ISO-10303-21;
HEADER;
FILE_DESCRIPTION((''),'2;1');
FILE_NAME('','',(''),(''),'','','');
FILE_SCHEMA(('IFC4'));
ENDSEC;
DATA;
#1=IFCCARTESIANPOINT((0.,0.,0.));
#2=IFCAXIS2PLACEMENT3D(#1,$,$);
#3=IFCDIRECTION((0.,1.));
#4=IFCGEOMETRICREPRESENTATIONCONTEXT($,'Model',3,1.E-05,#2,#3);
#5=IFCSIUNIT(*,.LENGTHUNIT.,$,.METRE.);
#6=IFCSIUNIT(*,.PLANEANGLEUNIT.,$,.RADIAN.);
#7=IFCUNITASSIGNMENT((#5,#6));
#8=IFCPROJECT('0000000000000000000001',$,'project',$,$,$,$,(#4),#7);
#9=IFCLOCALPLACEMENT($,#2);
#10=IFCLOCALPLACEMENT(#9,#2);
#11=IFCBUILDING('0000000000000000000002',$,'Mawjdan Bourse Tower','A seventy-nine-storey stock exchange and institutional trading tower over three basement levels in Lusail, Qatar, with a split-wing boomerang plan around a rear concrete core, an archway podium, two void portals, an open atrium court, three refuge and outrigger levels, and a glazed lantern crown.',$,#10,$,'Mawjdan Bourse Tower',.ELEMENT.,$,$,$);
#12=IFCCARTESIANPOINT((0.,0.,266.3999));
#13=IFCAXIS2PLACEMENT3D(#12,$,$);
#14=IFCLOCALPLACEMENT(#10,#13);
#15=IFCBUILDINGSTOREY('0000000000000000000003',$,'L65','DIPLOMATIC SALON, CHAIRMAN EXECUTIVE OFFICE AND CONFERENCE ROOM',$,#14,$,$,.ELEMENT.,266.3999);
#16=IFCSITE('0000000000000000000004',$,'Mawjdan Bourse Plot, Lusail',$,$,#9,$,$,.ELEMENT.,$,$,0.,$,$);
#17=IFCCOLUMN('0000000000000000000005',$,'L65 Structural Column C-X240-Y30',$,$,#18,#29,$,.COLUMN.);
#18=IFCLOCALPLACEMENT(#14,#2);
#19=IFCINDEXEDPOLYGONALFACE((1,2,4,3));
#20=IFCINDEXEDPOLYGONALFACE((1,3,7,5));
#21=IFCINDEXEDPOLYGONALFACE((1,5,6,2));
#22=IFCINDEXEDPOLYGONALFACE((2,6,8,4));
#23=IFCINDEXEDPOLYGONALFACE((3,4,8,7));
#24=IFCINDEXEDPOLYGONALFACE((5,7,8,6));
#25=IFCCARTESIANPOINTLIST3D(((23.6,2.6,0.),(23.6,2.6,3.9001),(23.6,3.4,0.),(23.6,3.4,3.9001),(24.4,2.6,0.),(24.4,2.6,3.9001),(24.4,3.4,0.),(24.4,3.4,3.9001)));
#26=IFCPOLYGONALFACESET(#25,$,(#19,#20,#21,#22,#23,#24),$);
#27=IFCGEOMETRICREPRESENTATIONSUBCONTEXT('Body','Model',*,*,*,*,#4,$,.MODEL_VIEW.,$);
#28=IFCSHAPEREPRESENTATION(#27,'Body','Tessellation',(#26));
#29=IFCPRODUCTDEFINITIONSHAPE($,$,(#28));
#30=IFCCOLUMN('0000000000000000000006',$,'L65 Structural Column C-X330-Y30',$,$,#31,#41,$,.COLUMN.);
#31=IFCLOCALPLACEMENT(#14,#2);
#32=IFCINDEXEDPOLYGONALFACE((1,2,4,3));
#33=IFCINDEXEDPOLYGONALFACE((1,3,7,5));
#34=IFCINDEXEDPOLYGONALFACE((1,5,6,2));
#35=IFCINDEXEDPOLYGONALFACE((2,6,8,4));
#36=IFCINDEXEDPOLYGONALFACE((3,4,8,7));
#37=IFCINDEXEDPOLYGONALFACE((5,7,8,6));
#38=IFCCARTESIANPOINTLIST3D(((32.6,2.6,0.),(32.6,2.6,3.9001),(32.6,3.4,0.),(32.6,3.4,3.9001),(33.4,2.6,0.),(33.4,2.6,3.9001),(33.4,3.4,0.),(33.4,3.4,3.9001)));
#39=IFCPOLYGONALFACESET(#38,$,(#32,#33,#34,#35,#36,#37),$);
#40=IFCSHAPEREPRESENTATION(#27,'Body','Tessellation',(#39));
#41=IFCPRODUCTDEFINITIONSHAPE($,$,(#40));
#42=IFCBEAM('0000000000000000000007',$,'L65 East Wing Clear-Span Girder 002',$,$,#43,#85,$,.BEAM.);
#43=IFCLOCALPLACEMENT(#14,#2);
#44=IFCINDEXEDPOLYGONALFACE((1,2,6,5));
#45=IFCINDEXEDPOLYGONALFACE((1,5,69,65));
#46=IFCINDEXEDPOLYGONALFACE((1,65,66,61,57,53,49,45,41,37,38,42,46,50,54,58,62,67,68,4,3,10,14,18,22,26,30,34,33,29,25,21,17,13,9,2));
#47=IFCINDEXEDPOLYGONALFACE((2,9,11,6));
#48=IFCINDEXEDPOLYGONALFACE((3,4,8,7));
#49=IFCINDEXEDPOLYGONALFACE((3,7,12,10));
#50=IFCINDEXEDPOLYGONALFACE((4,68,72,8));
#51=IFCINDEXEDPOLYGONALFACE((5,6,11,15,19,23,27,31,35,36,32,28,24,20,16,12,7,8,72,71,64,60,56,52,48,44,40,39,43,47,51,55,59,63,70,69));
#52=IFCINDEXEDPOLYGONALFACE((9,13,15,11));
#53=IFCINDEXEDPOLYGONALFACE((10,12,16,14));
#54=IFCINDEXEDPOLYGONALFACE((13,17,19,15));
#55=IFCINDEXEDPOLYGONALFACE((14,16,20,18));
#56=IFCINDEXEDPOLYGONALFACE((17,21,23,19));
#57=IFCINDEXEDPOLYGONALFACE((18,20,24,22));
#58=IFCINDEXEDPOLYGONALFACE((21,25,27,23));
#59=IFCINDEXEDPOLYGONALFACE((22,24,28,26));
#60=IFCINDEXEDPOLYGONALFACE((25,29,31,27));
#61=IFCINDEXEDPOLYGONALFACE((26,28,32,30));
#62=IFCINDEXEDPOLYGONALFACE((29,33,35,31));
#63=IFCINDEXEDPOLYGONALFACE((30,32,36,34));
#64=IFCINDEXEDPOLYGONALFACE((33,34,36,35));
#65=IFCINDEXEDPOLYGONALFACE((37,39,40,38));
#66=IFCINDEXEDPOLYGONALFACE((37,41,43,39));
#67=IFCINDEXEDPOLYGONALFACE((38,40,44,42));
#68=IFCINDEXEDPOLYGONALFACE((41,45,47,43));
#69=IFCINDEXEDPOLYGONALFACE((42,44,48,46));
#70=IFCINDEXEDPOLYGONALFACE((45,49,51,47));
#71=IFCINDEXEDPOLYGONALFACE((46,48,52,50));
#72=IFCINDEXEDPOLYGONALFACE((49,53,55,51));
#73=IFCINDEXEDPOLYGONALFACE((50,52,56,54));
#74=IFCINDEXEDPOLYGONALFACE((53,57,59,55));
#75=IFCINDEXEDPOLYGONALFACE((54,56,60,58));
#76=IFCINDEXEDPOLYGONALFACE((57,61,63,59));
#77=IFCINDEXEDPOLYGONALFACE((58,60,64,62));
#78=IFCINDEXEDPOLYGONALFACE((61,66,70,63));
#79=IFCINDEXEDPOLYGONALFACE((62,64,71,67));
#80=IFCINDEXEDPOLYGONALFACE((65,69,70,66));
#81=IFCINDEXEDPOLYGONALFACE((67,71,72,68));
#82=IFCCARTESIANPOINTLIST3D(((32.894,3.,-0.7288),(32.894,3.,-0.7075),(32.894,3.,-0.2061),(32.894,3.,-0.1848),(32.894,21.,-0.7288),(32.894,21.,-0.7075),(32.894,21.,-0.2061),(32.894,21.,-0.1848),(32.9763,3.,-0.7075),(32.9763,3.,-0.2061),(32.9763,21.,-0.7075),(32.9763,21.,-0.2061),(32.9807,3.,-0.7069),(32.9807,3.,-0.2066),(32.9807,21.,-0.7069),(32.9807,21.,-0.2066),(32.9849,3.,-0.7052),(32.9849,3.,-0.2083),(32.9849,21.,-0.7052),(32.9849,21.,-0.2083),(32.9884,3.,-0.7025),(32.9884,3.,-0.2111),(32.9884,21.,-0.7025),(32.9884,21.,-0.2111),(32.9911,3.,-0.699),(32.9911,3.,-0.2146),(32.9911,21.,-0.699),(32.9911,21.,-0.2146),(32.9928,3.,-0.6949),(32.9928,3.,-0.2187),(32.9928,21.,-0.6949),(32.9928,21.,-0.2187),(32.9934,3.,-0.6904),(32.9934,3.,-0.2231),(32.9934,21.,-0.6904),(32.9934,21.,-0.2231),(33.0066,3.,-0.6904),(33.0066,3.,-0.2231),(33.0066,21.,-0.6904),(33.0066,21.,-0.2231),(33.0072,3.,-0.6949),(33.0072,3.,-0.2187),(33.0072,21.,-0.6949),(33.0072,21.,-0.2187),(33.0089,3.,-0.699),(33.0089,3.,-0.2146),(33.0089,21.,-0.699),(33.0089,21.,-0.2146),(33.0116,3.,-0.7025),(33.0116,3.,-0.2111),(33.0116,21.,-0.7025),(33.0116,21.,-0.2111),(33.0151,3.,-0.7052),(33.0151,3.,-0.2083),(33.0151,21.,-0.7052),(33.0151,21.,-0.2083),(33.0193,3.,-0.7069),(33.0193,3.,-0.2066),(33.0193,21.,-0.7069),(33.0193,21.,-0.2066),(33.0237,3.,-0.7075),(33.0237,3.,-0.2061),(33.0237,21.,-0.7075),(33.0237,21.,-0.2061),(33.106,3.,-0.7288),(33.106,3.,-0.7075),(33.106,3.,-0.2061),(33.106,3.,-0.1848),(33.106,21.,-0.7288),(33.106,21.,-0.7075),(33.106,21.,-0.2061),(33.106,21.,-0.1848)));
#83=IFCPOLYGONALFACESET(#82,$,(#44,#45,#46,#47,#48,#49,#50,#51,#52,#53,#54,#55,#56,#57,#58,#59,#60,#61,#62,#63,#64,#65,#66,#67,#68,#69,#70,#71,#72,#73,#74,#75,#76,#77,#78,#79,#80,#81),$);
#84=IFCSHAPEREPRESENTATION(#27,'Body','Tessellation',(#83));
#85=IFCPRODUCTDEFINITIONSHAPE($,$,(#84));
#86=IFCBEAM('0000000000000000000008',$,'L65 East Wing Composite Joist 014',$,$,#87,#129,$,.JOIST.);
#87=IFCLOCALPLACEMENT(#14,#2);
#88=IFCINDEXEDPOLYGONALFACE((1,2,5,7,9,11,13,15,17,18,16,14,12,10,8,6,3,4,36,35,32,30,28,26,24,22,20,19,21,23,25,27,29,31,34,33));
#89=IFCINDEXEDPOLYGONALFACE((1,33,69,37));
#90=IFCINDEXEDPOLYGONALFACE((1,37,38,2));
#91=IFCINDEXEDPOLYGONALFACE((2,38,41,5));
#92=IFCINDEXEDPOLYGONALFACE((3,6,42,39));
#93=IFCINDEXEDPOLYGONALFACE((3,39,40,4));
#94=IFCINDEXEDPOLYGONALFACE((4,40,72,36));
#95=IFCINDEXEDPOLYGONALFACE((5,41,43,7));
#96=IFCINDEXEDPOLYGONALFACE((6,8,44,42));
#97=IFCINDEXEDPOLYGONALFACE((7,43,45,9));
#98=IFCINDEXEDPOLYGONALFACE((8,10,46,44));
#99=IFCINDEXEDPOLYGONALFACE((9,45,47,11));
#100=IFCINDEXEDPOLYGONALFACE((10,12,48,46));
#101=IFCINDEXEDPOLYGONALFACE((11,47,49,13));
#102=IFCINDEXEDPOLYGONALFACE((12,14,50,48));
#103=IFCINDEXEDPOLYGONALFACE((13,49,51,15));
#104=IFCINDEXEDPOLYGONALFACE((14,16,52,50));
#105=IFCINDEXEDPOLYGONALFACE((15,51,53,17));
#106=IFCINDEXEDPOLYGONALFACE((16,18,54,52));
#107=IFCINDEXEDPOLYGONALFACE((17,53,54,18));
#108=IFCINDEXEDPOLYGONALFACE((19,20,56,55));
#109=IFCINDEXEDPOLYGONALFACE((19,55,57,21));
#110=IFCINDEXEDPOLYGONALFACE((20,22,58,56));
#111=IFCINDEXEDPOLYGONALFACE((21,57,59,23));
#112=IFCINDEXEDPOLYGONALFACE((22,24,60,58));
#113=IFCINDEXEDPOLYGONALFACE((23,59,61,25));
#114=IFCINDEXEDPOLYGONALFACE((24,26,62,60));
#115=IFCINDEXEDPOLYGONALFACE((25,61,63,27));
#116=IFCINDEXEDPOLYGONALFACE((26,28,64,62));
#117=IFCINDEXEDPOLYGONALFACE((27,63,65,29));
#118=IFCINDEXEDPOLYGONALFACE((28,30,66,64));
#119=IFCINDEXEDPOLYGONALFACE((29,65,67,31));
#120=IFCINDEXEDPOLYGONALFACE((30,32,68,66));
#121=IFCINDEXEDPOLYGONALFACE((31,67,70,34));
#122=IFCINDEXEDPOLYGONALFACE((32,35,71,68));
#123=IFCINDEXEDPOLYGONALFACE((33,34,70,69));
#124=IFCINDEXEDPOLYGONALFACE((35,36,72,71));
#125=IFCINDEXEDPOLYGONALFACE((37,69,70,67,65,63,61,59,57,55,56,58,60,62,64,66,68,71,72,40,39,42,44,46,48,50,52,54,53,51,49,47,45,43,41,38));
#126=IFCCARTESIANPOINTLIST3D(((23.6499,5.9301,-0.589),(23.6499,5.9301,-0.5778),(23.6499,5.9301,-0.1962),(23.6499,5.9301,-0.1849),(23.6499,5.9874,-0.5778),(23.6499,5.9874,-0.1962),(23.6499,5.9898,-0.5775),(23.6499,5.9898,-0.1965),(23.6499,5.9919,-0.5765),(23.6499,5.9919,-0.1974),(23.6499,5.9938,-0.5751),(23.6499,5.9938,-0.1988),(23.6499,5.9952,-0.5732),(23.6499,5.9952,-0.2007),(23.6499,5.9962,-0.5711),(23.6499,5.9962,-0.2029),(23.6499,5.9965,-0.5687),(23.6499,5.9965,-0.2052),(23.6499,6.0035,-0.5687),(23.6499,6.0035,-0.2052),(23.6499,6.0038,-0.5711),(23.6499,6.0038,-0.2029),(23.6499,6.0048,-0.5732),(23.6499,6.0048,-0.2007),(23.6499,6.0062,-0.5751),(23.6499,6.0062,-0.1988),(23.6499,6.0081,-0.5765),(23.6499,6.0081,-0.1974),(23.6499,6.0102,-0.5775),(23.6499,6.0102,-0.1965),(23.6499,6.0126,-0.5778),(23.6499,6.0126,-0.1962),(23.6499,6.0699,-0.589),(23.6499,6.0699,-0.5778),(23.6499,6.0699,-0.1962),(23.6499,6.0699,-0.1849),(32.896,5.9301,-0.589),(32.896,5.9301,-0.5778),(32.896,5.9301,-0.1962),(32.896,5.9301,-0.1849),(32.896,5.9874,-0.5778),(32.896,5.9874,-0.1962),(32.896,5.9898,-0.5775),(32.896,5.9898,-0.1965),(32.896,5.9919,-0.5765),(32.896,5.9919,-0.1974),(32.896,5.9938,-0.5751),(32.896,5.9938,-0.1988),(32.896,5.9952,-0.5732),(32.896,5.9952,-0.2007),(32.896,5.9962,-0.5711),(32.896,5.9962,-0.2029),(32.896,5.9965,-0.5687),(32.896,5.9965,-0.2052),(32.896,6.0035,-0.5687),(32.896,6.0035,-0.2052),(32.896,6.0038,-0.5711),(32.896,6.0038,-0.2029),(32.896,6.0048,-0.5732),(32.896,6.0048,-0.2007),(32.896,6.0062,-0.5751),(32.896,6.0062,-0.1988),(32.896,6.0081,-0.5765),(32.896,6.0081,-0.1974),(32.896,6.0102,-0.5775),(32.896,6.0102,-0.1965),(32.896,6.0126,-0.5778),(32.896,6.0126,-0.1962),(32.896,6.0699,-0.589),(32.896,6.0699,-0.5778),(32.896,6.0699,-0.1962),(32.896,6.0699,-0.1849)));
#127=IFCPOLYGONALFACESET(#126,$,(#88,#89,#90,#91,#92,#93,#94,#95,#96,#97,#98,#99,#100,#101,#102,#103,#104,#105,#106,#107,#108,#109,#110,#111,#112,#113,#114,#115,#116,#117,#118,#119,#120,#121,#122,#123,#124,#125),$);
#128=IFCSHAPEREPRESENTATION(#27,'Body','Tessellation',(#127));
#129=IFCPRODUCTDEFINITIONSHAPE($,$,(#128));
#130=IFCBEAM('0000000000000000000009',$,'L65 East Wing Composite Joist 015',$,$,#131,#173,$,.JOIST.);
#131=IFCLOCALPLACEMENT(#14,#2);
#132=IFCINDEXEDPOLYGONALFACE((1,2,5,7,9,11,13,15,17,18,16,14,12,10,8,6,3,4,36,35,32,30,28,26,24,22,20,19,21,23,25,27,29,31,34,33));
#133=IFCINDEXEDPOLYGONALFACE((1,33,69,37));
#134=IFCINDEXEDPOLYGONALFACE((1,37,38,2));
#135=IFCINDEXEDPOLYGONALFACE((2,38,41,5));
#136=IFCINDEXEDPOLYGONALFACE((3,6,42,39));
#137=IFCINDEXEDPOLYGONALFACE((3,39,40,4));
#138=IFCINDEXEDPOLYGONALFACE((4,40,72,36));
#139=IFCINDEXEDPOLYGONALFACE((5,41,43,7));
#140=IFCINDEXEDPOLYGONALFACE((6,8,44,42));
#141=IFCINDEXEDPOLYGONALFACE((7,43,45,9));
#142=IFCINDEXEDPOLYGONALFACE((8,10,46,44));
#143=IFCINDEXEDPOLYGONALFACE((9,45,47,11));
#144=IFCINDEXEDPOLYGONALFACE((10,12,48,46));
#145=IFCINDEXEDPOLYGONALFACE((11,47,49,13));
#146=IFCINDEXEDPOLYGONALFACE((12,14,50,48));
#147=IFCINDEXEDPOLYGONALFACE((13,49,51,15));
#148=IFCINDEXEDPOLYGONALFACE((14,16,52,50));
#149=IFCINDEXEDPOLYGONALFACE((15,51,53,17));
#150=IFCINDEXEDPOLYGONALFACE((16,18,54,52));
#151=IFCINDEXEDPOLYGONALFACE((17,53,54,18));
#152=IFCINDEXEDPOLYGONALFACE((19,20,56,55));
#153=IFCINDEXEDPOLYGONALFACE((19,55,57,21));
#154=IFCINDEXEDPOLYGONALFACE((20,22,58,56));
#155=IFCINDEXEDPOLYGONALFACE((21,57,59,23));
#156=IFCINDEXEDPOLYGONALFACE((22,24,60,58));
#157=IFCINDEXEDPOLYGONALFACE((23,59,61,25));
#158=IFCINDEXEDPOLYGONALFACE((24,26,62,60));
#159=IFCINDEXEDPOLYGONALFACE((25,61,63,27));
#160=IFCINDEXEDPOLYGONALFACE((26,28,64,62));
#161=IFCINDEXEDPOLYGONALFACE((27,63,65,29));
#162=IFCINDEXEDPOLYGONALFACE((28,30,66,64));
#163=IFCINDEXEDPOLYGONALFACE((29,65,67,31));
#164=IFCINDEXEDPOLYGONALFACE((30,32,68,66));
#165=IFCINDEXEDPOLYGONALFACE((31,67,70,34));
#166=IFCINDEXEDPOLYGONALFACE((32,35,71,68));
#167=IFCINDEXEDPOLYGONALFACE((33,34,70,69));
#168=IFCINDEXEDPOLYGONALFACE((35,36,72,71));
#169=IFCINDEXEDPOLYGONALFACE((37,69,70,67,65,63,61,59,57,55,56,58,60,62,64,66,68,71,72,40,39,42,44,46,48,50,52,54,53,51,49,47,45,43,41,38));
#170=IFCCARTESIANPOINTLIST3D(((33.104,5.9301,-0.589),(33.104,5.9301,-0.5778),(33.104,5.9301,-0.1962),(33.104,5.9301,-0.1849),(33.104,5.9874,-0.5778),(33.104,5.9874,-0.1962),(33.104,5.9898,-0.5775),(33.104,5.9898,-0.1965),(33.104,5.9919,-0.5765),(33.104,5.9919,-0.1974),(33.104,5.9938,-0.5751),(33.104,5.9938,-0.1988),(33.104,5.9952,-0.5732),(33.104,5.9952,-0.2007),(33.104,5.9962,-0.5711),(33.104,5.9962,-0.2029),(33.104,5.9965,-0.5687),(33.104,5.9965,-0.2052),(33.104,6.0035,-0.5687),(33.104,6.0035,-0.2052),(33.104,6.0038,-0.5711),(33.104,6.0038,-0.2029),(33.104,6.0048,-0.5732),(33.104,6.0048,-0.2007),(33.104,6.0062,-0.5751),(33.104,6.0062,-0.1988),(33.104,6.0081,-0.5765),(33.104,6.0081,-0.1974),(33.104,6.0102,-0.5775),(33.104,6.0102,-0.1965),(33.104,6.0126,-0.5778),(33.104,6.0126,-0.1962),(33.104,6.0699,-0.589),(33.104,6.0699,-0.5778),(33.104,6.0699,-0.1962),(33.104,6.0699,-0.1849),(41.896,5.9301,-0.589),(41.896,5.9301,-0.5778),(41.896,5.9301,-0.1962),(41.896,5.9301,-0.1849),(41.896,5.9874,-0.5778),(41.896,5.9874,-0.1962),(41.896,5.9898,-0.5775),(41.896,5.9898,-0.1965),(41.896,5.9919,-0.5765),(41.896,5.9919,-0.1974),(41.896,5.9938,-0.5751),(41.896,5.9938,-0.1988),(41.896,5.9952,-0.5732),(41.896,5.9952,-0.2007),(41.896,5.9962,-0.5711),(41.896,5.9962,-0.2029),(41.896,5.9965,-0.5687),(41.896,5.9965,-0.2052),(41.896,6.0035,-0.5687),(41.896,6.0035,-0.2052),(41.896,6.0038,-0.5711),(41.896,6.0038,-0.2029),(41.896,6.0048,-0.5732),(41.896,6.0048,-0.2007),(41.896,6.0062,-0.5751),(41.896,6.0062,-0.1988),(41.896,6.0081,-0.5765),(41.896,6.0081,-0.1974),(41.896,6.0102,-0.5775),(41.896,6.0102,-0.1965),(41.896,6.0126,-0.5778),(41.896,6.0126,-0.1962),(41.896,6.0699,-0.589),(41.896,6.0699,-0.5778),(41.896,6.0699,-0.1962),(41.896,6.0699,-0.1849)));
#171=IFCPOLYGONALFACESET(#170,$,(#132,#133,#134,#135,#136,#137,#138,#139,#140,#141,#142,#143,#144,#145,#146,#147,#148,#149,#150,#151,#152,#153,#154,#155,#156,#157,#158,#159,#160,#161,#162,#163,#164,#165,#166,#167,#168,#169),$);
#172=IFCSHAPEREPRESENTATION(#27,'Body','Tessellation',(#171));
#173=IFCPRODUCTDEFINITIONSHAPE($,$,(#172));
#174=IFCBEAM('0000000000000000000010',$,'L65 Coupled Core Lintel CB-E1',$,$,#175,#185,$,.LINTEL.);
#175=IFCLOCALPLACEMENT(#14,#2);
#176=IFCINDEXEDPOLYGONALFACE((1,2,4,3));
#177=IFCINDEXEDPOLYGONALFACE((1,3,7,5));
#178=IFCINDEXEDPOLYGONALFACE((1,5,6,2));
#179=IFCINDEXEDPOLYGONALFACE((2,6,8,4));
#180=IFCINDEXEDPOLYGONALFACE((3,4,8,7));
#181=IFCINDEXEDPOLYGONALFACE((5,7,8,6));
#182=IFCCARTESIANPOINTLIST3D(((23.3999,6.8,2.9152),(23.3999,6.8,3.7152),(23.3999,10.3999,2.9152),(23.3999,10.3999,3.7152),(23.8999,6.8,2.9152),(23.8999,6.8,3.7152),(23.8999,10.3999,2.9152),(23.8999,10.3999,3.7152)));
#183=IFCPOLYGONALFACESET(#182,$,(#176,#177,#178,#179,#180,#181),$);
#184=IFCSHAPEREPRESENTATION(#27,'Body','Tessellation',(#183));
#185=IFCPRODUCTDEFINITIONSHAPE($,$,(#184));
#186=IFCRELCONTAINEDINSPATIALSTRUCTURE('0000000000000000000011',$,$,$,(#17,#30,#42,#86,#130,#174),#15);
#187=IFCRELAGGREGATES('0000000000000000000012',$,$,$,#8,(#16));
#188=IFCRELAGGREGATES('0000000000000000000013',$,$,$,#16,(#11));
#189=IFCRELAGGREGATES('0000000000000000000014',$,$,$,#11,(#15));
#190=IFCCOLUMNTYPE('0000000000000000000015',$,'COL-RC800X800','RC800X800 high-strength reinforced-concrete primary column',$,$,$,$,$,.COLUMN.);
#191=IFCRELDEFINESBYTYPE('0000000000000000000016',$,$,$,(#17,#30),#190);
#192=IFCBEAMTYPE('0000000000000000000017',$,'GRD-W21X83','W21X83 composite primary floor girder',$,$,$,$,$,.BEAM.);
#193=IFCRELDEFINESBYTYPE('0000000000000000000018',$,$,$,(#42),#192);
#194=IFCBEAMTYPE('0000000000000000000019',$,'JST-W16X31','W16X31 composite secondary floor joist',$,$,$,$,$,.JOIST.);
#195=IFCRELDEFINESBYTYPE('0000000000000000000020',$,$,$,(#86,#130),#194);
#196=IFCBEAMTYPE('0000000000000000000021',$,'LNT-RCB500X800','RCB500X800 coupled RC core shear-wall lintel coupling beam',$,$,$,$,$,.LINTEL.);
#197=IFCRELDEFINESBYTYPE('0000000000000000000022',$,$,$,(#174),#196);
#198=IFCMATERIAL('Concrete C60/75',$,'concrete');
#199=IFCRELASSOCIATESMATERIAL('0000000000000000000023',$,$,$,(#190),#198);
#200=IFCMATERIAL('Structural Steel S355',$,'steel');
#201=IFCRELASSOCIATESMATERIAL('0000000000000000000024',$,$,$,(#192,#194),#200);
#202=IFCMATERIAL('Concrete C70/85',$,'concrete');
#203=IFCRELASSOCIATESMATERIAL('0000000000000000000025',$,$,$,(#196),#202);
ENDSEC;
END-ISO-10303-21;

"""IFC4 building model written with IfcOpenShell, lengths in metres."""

from ifc_helpers import new_model, si_unit, direction, frame, origin, origin_2d, place, context, subcontext, project, spatial, rectangle, i_section, extrude, material, material_profile, profile_set, type_object, element, save


model = new_model("IFC4")

# Units and contexts
model_context = context("Model", 3, precision=1e-05, world=origin(), true_north=direction((0.0, 1.0)))
body_context = subcontext(model_context, "Body", "Model", "MODEL_VIEW")
ifc_project = project(units=[si_unit("LENGTHUNIT", "METRE"), si_unit("PLANEANGLEUNIT", "RADIAN")], contexts=[model_context])

# Site, building, storey
site_placement = place(None, origin())
site = spatial("IfcSite", under=ifc_project, at=site_placement, Name="Mawjdan Bourse Plot, Lusail", CompositionType="ELEMENT", RefElevation=0.0)
building_placement = place(site_placement, origin())
building = spatial("IfcBuilding", under=site, at=building_placement, Name="Mawjdan Bourse Tower", Description="A seventy-nine-storey stock exchange and institutional trading tower over three basement levels in Lusail, Qatar, with a split-wing boomerang plan around a rear concrete core, an archway podium, two void portals, an open atrium court, three refuge and outrigger levels, and a glazed lantern crown.", LongName="Mawjdan Bourse Tower", CompositionType="ELEMENT")
storey_placement = place(building_placement, frame((0.0, 0.0, 266.3999)))
storey = spatial("IfcBuildingStorey", under=building, at=storey_placement, Name="L65", Description="DIPLOMATIC SALON, CHAIRMAN EXECUTIVE OFFICE AND CONFERENCE ROOM", CompositionType="ELEMENT", Elevation=266.3999)

# Columns
ifc_material_1 = material(Name="Concrete C60/75", Category="concrete")
ifc_material_profile_1 = material_profile(ifc_material_1, rectangle(XDim=0.8, YDim=0.8, at=origin_2d()), Name="RC800X800")
ifc_profile_set_1 = profile_set([ifc_material_profile_1], Name="Concrete C60/75")
column_type = type_object("IfcColumnType", Name="COL-RC800X800", Description="RC800X800 high-strength reinforced-concrete primary column", PredefinedType="COLUMN", material=ifc_profile_set_1)
for number, where, z_axis, x_axis, name in (
    (1, (24.0, 3.0, 0.0), (0.0, 0.0, 1.0), (1.0, 0.0, 0.0), "L65 Structural Column C-X240-Y30"),
    (2, (33.0, 3.0, 0.0), (0.0, 0.0, 1.0), (1.0, 0.0, 0.0), "L65 Structural Column C-X330-Y30"),
):
    element("IfcColumn", number, at=place(storey_placement, frame(where, z_axis=z_axis, x_axis=x_axis)), inside=storey, type_object=column_type, Name=name, PredefinedType="COLUMN", context=body_context, shape_type="SweptSolid", body=[
        extrude(rectangle(XDim=0.8, YDim=0.8, at=origin_2d()), origin(), (0.0, 0.0, 1.0), 3.9001),
    ])

# Beams
ifc_material_2 = material(Name="Structural Steel S355", Category="steel")
ifc_material_profile_2 = material_profile(ifc_material_2, i_section(OverallWidth=0.2119, OverallDepth=0.5439, WebThickness=0.0132, FlangeThickness=0.0212, FilletRadius=0.0171, at=origin_2d()), Name="W21X83")
ifc_profile_set_2 = profile_set([ifc_material_profile_2], Name="Structural Steel S355")
beam_type_1 = type_object("IfcBeamType", Name="GRD-W21X83", Description="W21X83 composite primary floor girder", PredefinedType="BEAM", material=ifc_profile_set_2)
beam_1_placement = place(storey_placement, frame((33.0, 3.0, -0.4568), z_axis=(0.0, 1.0, 0.0), x_axis=(-1.0, 0.0, 0.0)))
element("IfcBeam", 3, at=beam_1_placement, inside=storey, type_object=beam_type_1, Name="L65 East Wing Clear-Span Girder 002", PredefinedType="BEAM", context=body_context, shape_type="SweptSolid", body=[
    extrude(i_section(OverallWidth=0.2119, OverallDepth=0.5439, WebThickness=0.0132, FlangeThickness=0.0212, FilletRadius=0.0171, at=origin_2d()), origin(), (0.0, 0.0, 1.0), 18.0),
])
ifc_material_profile_3 = material_profile(ifc_material_2, i_section(OverallWidth=0.1399, OverallDepth=0.4041, WebThickness=0.0071, FlangeThickness=0.0112, FilletRadius=0.009, at=origin_2d()), Name="W16X31")
ifc_profile_set_3 = profile_set([ifc_material_profile_3], Name="Structural Steel S355")
beam_type_2 = type_object("IfcBeamType", Name="JST-W16X31", Description="W16X31 composite secondary floor joist", PredefinedType="JOIST", material=ifc_profile_set_3)
beam_2_placement = place(storey_placement, frame((23.6499, 6.0, -0.387), z_axis=(1.0, 0.0, 0.0), x_axis=(0.0, 1.0, 0.0)))
element("IfcBeam", 4, at=beam_2_placement, inside=storey, type_object=beam_type_2, Name="L65 East Wing Composite Joist 014", PredefinedType="JOIST", context=body_context, shape_type="SweptSolid", body=[
    extrude(i_section(OverallWidth=0.1399, OverallDepth=0.4041, WebThickness=0.0071, FlangeThickness=0.0112, FilletRadius=0.009, at=origin_2d()), origin(), (0.0, 0.0, 1.0), 9.2461),
])
beam_3_placement = place(storey_placement, frame((33.104, 6.0, -0.387), z_axis=(1.0, 0.0, 0.0), x_axis=(0.0, 1.0, 0.0)))
element("IfcBeam", 5, at=beam_3_placement, inside=storey, type_object=beam_type_2, Name="L65 East Wing Composite Joist 015", PredefinedType="JOIST", context=body_context, shape_type="SweptSolid", body=[
    extrude(i_section(OverallWidth=0.1399, OverallDepth=0.4041, WebThickness=0.0071, FlangeThickness=0.0112, FilletRadius=0.009, at=origin_2d()), origin(), (0.0, 0.0, 1.0), 8.792),
])
ifc_material_3 = material(Name="Concrete C70/85", Category="concrete")
ifc_material_profile_4 = material_profile(ifc_material_3, rectangle(XDim=0.5, YDim=0.8, at=origin_2d()), Name="RCB500X800")
ifc_profile_set_4 = profile_set([ifc_material_profile_4], Name="Concrete C70/85")
beam_type_3 = type_object("IfcBeamType", Name="LNT-RCB500X800", Description="RCB500X800 coupled RC core shear-wall lintel coupling beam", PredefinedType="LINTEL", material=ifc_profile_set_4)
beam_4_placement = place(storey_placement, frame((23.6499, 6.8, 3.3152), z_axis=(0.0, 1.0, 0.0), x_axis=(-1.0, 0.0, 0.0)))
element("IfcBeam", 6, at=beam_4_placement, inside=storey, type_object=beam_type_3, Name="L65 Coupled Core Lintel CB-E1", PredefinedType="LINTEL", context=body_context, shape_type="SweptSolid", body=[
    extrude(rectangle(XDim=0.5, YDim=0.8, at=origin_2d()), origin(), (0.0, 0.0, 1.0), 3.5999),
])

save(model, "model.ifc")
